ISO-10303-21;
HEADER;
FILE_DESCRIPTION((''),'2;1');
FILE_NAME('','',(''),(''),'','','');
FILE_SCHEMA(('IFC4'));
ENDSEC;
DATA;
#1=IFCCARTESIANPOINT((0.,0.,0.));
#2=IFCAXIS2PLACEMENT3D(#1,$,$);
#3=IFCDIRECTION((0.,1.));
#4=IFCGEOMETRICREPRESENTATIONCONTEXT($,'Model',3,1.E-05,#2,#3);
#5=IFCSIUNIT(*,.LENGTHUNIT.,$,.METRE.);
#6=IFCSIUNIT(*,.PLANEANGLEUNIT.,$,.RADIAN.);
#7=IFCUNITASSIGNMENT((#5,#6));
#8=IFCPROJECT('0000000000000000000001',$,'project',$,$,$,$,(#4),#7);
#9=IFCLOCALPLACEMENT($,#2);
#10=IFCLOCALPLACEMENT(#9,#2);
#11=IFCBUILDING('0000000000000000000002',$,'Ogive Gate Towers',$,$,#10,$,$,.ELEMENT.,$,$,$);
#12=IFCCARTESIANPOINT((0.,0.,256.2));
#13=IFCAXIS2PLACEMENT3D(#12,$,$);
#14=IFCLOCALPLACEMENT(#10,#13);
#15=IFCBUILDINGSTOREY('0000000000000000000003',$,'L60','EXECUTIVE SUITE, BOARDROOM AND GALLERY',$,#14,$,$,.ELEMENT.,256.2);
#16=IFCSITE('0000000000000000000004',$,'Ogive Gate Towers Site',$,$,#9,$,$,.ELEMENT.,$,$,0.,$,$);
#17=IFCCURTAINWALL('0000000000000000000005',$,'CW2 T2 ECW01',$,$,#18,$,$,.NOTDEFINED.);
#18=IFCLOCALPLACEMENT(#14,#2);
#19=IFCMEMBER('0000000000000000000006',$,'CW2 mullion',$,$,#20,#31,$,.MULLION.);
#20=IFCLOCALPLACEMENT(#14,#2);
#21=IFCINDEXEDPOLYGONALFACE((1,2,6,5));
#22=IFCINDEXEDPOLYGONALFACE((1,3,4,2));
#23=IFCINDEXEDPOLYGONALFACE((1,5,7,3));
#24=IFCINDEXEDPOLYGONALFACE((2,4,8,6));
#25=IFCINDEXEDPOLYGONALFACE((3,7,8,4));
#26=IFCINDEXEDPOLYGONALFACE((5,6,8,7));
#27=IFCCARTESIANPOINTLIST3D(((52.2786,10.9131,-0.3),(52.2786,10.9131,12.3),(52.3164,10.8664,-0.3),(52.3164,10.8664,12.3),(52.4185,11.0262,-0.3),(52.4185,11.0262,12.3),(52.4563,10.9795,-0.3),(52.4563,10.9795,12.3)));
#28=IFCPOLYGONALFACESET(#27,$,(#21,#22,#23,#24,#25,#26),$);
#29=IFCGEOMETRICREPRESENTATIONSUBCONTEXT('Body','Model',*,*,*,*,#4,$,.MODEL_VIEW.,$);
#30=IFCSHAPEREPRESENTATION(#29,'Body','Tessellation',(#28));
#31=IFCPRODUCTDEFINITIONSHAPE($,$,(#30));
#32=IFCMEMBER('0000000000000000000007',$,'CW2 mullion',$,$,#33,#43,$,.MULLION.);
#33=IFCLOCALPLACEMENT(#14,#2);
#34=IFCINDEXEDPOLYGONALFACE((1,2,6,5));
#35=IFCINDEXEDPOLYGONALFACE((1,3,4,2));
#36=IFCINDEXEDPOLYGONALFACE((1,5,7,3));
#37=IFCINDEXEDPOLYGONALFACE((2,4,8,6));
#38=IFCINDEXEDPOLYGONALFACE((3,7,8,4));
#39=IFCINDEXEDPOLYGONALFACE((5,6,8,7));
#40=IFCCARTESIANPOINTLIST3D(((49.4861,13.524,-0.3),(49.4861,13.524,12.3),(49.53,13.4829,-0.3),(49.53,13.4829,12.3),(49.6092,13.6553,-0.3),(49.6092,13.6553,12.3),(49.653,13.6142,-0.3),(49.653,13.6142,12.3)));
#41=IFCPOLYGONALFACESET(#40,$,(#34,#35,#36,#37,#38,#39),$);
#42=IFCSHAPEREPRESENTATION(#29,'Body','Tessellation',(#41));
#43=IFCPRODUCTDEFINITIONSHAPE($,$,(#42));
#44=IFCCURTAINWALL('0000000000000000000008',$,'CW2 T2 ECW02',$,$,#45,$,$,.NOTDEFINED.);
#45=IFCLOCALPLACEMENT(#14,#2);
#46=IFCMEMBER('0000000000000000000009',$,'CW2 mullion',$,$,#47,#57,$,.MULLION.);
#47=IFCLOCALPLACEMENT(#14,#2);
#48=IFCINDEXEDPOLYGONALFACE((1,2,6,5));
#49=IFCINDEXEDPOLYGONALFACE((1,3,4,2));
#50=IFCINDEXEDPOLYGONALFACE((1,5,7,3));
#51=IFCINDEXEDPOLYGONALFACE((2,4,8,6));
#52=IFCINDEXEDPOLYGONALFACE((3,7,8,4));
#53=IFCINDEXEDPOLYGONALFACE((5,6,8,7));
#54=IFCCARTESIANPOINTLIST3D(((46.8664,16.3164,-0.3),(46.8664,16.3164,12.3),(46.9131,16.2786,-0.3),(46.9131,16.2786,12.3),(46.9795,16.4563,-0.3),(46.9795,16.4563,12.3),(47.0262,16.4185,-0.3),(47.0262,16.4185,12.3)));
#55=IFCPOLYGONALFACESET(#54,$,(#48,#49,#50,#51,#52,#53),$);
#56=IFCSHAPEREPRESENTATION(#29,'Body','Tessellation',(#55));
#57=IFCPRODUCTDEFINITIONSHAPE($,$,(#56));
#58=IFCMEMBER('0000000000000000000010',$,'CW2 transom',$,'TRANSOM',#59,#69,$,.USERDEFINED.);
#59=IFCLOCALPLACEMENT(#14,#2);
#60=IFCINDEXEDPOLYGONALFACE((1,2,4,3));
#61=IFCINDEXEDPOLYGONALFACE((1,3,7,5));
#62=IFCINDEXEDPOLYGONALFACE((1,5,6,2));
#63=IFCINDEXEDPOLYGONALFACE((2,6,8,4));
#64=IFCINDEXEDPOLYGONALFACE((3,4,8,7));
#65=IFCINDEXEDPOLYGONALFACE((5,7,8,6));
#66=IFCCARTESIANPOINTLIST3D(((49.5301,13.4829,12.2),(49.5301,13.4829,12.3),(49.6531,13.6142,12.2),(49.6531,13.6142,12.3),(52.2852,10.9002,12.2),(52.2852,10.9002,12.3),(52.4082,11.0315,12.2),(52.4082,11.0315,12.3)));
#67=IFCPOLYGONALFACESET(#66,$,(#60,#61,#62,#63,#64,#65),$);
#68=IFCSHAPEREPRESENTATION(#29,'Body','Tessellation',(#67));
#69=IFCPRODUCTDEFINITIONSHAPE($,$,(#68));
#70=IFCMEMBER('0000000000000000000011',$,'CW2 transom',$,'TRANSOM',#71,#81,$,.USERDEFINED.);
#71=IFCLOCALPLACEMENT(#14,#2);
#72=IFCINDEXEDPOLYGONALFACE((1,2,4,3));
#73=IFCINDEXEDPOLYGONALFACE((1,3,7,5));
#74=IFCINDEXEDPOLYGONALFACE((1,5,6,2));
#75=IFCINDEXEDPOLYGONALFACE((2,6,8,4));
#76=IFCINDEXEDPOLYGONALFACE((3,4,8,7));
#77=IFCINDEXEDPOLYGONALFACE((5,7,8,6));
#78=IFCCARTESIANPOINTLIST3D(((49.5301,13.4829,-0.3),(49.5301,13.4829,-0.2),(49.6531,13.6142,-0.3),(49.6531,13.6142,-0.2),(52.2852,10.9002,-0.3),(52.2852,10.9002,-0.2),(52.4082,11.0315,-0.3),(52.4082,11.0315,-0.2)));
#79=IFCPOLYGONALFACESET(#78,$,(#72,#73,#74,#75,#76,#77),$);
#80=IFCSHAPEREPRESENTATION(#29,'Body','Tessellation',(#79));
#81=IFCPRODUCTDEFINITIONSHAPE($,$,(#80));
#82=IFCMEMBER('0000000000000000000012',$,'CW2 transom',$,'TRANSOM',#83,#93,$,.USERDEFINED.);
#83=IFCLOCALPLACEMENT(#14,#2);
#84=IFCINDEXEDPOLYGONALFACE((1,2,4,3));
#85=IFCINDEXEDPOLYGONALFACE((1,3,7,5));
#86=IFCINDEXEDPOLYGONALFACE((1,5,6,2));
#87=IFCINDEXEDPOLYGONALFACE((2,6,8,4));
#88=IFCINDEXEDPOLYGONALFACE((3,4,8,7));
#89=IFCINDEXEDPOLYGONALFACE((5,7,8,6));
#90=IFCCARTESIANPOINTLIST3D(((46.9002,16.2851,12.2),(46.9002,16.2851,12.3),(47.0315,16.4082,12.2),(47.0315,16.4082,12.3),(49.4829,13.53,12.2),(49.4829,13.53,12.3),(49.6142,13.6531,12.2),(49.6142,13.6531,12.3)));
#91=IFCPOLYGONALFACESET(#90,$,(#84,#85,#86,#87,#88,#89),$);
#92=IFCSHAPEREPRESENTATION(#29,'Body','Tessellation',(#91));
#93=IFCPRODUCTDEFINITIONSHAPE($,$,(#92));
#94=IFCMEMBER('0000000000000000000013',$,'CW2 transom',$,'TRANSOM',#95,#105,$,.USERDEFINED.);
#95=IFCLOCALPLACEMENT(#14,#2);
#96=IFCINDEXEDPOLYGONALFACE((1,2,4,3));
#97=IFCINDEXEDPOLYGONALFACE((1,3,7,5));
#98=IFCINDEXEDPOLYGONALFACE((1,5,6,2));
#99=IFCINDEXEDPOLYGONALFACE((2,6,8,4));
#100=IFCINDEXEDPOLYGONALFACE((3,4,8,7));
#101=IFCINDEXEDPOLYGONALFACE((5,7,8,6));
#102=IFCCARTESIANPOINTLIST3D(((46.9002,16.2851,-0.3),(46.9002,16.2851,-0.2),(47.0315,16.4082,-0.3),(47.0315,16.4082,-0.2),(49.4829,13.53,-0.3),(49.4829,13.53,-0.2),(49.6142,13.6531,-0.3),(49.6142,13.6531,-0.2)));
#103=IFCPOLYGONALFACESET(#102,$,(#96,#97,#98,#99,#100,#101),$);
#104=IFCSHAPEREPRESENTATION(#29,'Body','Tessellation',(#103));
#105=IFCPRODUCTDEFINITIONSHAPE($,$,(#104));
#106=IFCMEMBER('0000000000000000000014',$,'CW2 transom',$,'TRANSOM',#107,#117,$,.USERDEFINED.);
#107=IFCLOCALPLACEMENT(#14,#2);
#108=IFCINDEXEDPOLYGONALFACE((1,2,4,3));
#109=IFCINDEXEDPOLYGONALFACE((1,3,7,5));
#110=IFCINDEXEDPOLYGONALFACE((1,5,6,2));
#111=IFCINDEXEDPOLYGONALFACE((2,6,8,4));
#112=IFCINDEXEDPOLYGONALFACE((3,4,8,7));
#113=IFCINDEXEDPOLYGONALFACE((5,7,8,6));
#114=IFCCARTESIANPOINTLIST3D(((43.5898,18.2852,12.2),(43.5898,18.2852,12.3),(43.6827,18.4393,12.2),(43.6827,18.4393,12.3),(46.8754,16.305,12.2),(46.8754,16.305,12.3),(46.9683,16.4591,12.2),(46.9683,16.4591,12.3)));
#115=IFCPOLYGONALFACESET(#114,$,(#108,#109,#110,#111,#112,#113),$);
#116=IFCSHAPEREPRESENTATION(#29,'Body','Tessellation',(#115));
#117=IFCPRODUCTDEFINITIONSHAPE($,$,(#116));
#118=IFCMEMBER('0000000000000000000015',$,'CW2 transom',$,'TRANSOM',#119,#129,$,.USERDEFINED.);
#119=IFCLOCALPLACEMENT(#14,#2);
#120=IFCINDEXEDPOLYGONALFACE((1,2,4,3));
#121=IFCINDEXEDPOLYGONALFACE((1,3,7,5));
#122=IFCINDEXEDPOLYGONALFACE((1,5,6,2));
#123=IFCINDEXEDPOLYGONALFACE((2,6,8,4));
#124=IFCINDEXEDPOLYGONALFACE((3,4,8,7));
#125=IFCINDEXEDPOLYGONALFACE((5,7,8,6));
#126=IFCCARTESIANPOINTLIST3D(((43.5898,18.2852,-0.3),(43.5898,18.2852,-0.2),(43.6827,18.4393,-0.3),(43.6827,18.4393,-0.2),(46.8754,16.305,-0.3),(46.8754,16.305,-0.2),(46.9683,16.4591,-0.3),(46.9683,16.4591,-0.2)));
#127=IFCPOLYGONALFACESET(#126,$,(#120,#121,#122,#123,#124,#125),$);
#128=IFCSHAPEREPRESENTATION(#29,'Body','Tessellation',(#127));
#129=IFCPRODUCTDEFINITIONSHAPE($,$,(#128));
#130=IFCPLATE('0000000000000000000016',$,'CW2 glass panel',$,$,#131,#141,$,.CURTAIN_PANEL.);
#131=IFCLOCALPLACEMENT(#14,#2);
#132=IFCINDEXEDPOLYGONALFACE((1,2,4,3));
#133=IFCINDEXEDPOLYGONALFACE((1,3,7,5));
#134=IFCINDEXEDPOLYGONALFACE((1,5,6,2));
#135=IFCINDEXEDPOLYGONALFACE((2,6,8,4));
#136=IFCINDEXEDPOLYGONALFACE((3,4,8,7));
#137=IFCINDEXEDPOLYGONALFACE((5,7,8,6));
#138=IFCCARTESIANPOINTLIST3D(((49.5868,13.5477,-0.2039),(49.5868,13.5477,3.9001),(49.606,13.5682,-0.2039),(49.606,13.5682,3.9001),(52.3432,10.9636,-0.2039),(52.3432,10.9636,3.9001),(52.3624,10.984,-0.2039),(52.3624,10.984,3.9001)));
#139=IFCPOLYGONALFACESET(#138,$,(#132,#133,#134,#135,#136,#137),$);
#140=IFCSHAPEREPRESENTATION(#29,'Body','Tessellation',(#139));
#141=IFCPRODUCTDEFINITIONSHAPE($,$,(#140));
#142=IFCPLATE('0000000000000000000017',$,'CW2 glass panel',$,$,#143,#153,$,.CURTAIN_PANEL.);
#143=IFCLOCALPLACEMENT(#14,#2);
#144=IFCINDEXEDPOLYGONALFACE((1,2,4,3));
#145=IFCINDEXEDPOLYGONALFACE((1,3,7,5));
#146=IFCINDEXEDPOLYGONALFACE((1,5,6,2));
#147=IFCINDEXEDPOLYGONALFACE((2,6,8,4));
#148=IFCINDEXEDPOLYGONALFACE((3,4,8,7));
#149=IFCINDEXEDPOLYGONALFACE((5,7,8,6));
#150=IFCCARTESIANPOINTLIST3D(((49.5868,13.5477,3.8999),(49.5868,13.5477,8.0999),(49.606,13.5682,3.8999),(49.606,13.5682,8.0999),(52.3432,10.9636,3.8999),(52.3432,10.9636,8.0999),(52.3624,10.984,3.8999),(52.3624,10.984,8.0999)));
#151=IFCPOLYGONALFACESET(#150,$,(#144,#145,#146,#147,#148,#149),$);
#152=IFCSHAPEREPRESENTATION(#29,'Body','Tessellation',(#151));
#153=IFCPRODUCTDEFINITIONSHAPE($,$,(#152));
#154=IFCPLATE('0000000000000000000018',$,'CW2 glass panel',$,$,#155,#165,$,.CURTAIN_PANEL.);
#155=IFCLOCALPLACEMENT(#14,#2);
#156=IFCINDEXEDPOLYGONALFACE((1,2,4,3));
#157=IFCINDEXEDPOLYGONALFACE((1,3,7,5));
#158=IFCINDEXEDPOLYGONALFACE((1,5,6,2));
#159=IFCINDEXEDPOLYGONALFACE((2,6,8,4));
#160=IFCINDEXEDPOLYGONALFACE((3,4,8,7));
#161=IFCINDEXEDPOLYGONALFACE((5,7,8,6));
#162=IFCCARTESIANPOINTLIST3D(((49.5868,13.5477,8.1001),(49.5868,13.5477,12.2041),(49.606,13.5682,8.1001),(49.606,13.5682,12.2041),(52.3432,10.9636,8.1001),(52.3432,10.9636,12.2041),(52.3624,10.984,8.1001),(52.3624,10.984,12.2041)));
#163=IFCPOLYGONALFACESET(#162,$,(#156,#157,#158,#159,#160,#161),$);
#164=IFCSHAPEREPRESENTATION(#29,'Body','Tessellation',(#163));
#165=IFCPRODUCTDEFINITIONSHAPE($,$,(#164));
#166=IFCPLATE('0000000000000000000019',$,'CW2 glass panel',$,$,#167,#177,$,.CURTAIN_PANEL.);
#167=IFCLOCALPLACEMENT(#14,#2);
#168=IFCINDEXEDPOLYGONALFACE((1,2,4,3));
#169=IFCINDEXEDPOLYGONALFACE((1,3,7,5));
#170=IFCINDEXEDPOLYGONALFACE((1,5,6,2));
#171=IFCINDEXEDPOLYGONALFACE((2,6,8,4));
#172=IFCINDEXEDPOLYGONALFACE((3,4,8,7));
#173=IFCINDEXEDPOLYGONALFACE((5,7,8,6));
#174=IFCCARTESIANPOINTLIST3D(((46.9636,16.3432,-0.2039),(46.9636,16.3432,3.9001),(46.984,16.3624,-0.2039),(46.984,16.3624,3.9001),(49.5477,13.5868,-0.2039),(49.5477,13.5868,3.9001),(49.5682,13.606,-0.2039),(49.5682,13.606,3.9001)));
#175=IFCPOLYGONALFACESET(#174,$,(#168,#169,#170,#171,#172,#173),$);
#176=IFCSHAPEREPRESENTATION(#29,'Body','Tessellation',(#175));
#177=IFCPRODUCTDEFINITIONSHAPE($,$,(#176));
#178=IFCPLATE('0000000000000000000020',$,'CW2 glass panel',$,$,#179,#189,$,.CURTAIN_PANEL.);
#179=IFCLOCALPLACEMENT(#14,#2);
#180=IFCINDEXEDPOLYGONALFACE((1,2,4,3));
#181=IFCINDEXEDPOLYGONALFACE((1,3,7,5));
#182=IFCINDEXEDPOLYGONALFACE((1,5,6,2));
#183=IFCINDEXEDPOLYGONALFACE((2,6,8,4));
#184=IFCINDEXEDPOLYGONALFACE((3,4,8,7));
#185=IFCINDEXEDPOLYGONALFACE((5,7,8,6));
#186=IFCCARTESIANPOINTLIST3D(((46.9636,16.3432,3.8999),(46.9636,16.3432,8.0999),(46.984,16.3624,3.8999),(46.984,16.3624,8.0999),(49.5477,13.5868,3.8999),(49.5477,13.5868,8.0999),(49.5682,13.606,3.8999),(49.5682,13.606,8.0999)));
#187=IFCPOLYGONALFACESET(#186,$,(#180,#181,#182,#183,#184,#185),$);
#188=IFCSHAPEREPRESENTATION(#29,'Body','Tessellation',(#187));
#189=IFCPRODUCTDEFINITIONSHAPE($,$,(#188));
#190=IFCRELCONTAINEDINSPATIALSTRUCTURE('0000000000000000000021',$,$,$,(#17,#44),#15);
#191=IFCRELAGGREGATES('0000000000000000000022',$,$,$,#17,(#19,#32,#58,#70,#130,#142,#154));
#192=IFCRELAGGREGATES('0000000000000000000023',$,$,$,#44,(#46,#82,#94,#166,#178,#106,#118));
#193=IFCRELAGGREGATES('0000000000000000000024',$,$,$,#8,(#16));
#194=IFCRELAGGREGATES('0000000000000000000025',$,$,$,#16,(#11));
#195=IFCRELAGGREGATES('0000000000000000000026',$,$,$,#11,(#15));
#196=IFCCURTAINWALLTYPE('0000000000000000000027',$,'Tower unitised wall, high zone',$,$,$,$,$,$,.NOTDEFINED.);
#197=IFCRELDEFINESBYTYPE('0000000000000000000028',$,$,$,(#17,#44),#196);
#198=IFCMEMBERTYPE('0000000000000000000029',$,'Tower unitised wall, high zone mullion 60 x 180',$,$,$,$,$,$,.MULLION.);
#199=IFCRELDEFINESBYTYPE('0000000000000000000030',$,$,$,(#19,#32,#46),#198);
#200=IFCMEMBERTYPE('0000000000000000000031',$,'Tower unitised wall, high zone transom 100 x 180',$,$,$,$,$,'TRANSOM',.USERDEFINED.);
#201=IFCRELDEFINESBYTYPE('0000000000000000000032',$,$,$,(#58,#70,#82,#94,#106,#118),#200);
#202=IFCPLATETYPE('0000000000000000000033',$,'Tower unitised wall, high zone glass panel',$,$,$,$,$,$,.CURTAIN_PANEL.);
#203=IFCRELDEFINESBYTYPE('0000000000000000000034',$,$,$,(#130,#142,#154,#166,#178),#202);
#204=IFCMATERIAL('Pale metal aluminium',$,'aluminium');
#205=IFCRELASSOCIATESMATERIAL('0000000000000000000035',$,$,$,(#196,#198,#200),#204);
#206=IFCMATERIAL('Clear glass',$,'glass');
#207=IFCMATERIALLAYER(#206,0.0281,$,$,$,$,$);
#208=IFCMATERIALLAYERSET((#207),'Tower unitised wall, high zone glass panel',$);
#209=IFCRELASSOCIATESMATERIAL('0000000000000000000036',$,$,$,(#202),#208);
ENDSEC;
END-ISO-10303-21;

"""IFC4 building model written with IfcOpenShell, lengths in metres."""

from ifc_helpers import new_model, si_unit, direction, frame, origin, origin_2d, place, context, subcontext, project, spatial, rectangle, extrude, material, layer, layer_set, material_profile, profile_set, type_object, element, aggregate, save


model = new_model("IFC4")

# Units and contexts
model_context = context("Model", 3, precision=1e-05, world=origin(), true_north=direction((0.0, 1.0)))
body_context = subcontext(model_context, "Body", "Model", "MODEL_VIEW")
ifc_project = project(units=[si_unit("LENGTHUNIT", "METRE"), si_unit("PLANEANGLEUNIT", "RADIAN")], contexts=[model_context])

# Site, building, storey
site_placement = place(None, origin())
site = spatial("IfcSite", under=ifc_project, at=site_placement, Name="Ogive Gate Towers Site", CompositionType="ELEMENT", RefElevation=0.0)
building_placement = place(site_placement, origin())
building = spatial("IfcBuilding", under=site, at=building_placement, Name="Ogive Gate Towers", CompositionType="ELEMENT")
storey_placement = place(building_placement, frame((0.0, 0.0, 256.2)))
storey = spatial("IfcBuildingStorey", under=building, at=storey_placement, Name="L60", Description="EXECUTIVE SUITE, BOARDROOM AND GALLERY", CompositionType="ELEMENT", Elevation=256.2)

# Curtain wall, members
ifc_material_1 = material(Name="Pale metal aluminium", Category="aluminium")
curtain_wall_type = type_object("IfcCurtainWallType", Name="Tower unitised wall, high zone", PredefinedType="NOTDEFINED", material=ifc_material_1)
curtain_wall_1_placement = place(storey_placement, origin())
curtain_wall_1 = element("IfcCurtainWall", 1, at=curtain_wall_1_placement, inside=storey, type_object=curtain_wall_type, Name="CW2 T2 ECW01", PredefinedType="NOTDEFINED")
ifc_material_profile_1 = material_profile(ifc_material_1, rectangle(XDim=0.1799, YDim=0.0601, at=origin_2d()), Name="60 x 180 aluminium box")
ifc_profile_set_1 = profile_set([ifc_material_profile_1], Name="Pale metal aluminium")
member_type_1 = type_object("IfcMemberType", Name="Tower unitised wall, high zone mullion 60 x 180", PredefinedType="MULLION", material=ifc_profile_set_1)
member_1_placement = place(storey_placement, frame((52.3674, 10.9463, -0.3), z_axis=(0.0, 0.0, 1.0), x_axis=(0.777574, 0.628791, 0.0)))
member_1 = element("IfcMember", 2, at=member_1_placement, type_object=member_type_1, Name="CW2 mullion", PredefinedType="MULLION", context=body_context, shape_type="SweptSolid", body=[
    extrude(rectangle(XDim=0.1799, YDim=0.0601, at=origin_2d()), origin(), (0.0, 0.0, 1.0), 12.6001),
])
member_2_placement = place(storey_placement, frame((49.5696, 13.5691, -0.3), z_axis=(0.0, 0.0, 1.0), x_axis=(0.683936, 0.729542, 0.0)))
member_2 = element("IfcMember", 3, at=member_2_placement, type_object=member_type_1, Name="CW2 mullion", PredefinedType="MULLION", context=body_context, shape_type="SweptSolid", body=[
    extrude(rectangle(XDim=0.1799, YDim=0.0601, at=origin_2d()), origin(), (0.0, 0.0, 1.0), 12.6001),
])

# Curtain wall, member
curtain_wall_2_placement = place(storey_placement, origin())
curtain_wall_2 = element("IfcCurtainWall", 4, at=curtain_wall_2_placement, inside=storey, type_object=curtain_wall_type, Name="CW2 T2 ECW02", PredefinedType="NOTDEFINED")
member_3_placement = place(storey_placement, frame((46.9463, 16.3674, -0.3), z_axis=(0.0, 0.0, 1.0), x_axis=(0.628791, 0.777574, 0.0)))
member_3 = element("IfcMember", 5, at=member_3_placement, type_object=member_type_1, Name="CW2 mullion", PredefinedType="MULLION", context=body_context, shape_type="SweptSolid", body=[
    extrude(rectangle(XDim=0.1799, YDim=0.0601, at=origin_2d()), origin(), (0.0, 0.0, 1.0), 12.6001),
])

# Members
ifc_material_profile_2 = material_profile(ifc_material_1, rectangle(XDim=0.1799, YDim=0.1001, at=origin_2d()), Name="100 x 180 aluminium box")
ifc_profile_set_2 = profile_set([ifc_material_profile_2], Name="Pale metal aluminium")
member_type_2 = type_object("IfcMemberType", Name="Tower unitised wall, high zone transom 100 x 180", ElementType="TRANSOM", PredefinedType="USERDEFINED", material=ifc_profile_set_2)
member_4_placement = place(storey_placement, frame((52.3467, 10.9658, 12.25), z_axis=(-0.729559, 0.683917, 0.0), x_axis=(-0.683917, -0.729559, 0.0)))
member_4 = element("IfcMember", 6, at=member_4_placement, type_object=member_type_2, Name="CW2 transom", ObjectType="TRANSOM", PredefinedType="USERDEFINED", context=body_context, shape_type="SweptSolid", body=[
    extrude(rectangle(XDim=0.1799, YDim=0.1001, at=origin_2d()), origin(), (0.0, 0.0, 1.0), 3.7764),
])
member_5_placement = place(storey_placement, frame((52.3467, 10.9658, -0.25), z_axis=(-0.729559, 0.683917, 0.0), x_axis=(-0.683917, -0.729559, 0.0)))
member_5 = element("IfcMember", 7, at=member_5_placement, type_object=member_type_2, Name="CW2 transom", ObjectType="TRANSOM", PredefinedType="USERDEFINED", context=body_context, shape_type="SweptSolid", body=[
    extrude(rectangle(XDim=0.1799, YDim=0.1001, at=origin_2d()), origin(), (0.0, 0.0, 1.0), 3.7764),
])
member_6_placement = place(storey_placement, frame((49.5486, 13.5916, 12.25), z_axis=(-0.683917, 0.729559, 0.0), x_axis=(-0.729559, -0.683917, 0.0)))
member_6 = element("IfcMember", 8, at=member_6_placement, type_object=member_type_2, Name="CW2 transom", ObjectType="TRANSOM", PredefinedType="USERDEFINED", context=body_context, shape_type="SweptSolid", body=[
    extrude(rectangle(XDim=0.1799, YDim=0.1001, at=origin_2d()), origin(), (0.0, 0.0, 1.0), 3.7764),
])
member_7_placement = place(storey_placement, frame((49.5486, 13.5916, -0.25), z_axis=(-0.683917, 0.729559, 0.0), x_axis=(-0.729559, -0.683917, 0.0)))
member_7 = element("IfcMember", 9, at=member_7_placement, type_object=member_type_2, Name="CW2 transom", ObjectType="TRANSOM", PredefinedType="USERDEFINED", context=body_context, shape_type="SweptSolid", body=[
    extrude(rectangle(XDim=0.1799, YDim=0.1001, at=origin_2d()), origin(), (0.0, 0.0, 1.0), 3.7764),
])
member_8_placement = place(storey_placement, frame((46.9219, 16.3821, 12.25), z_axis=(-0.856475, 0.516189, 0.0), x_axis=(-0.516189, -0.856475, 0.0)))
member_8 = element("IfcMember", 10, at=member_8_placement, type_object=member_type_2, Name="CW2 transom", ObjectType="TRANSOM", PredefinedType="USERDEFINED", context=body_context, shape_type="SweptSolid", body=[
    extrude(rectangle(XDim=0.1799, YDim=0.1001, at=origin_2d()), origin(), (0.0, 0.0, 1.0), 3.8362),
])
member_9_placement = place(storey_placement, frame((46.9219, 16.3821, -0.25), z_axis=(-0.856475, 0.516189, 0.0), x_axis=(-0.516189, -0.856475, 0.0)))
member_9 = element("IfcMember", 11, at=member_9_placement, type_object=member_type_2, Name="CW2 transom", ObjectType="TRANSOM", PredefinedType="USERDEFINED", context=body_context, shape_type="SweptSolid", body=[
    extrude(rectangle(XDim=0.1799, YDim=0.1001, at=origin_2d()), origin(), (0.0, 0.0, 1.0), 3.8362),
])

# Plates
ifc_material_2 = material(Name="Clear glass", Category="glass")
ifc_layer_1 = layer(ifc_material_2, 0.0281)
ifc_layer_set_1 = layer_set([ifc_layer_1], Name="Tower unitised wall, high zone glass panel")
plate_type = type_object("IfcPlateType", Name="Tower unitised wall, high zone glass panel", PredefinedType="CURTAIN_PANEL", material=ifc_layer_set_1)
plate_1_placement = place(storey_placement, frame((50.9746, 12.2659, -0.2039), z_axis=(0.0, 0.0, 1.0), x_axis=(-0.729542, 0.683936, 0.0)))
plate_1 = element("IfcPlate", 12, at=plate_1_placement, type_object=plate_type, Name="CW2 glass panel", PredefinedType="CURTAIN_PANEL", context=body_context, shape_type="SweptSolid", body=[
    extrude(rectangle(XDim=3.7783, YDim=0.0281, at=origin_2d()), origin(), (0.0, 0.0, 1.0), 4.104),
])
plate_2_placement = place(storey_placement, frame((50.9746, 12.2659, 3.8999), z_axis=(0.0, 0.0, 1.0), x_axis=(-0.729542, 0.683936, 0.0)))
plate_2 = element("IfcPlate", 13, at=plate_2_placement, type_object=plate_type, Name="CW2 glass panel", PredefinedType="CURTAIN_PANEL", context=body_context, shape_type="SweptSolid", body=[
    extrude(rectangle(XDim=3.7783, YDim=0.0281, at=origin_2d()), origin(), (0.0, 0.0, 1.0), 4.2),
])
plate_3_placement = place(storey_placement, frame((50.9746, 12.2659, 8.1001), z_axis=(0.0, 0.0, 1.0), x_axis=(-0.729542, 0.683936, 0.0)))
plate_3 = element("IfcPlate", 14, at=plate_3_placement, type_object=plate_type, Name="CW2 glass panel", PredefinedType="CURTAIN_PANEL", context=body_context, shape_type="SweptSolid", body=[
    extrude(rectangle(XDim=3.7783, YDim=0.0281, at=origin_2d()), origin(), (0.0, 0.0, 1.0), 4.104),
])
aggregate(curtain_wall_1, [member_1, member_2, member_4, member_5, plate_1, plate_2, plate_3])
plate_4_placement = place(storey_placement, frame((48.2659, 14.9746, -0.2039), z_axis=(0.0, 0.0, 1.0), x_axis=(-0.683936, 0.729542, 0.0)))
plate_4 = element("IfcPlate", 15, at=plate_4_placement, type_object=plate_type, Name="CW2 glass panel", PredefinedType="CURTAIN_PANEL", context=body_context, shape_type="SweptSolid", body=[
    extrude(rectangle(XDim=3.7783, YDim=0.0281, at=origin_2d()), origin(), (0.0, 0.0, 1.0), 4.104),
])
plate_5_placement = place(storey_placement, frame((48.2659, 14.9746, 3.8999), z_axis=(0.0, 0.0, 1.0), x_axis=(-0.683936, 0.729542, 0.0)))
plate_5 = element("IfcPlate", 16, at=plate_5_placement, type_object=plate_type, Name="CW2 glass panel", PredefinedType="CURTAIN_PANEL", context=body_context, shape_type="SweptSolid", body=[
    extrude(rectangle(XDim=3.7783, YDim=0.0281, at=origin_2d()), origin(), (0.0, 0.0, 1.0), 4.2),
])
aggregate(curtain_wall_2, [member_3, member_6, member_7, plate_4, plate_5, member_8, member_9])

save(model, "model.ifc")
